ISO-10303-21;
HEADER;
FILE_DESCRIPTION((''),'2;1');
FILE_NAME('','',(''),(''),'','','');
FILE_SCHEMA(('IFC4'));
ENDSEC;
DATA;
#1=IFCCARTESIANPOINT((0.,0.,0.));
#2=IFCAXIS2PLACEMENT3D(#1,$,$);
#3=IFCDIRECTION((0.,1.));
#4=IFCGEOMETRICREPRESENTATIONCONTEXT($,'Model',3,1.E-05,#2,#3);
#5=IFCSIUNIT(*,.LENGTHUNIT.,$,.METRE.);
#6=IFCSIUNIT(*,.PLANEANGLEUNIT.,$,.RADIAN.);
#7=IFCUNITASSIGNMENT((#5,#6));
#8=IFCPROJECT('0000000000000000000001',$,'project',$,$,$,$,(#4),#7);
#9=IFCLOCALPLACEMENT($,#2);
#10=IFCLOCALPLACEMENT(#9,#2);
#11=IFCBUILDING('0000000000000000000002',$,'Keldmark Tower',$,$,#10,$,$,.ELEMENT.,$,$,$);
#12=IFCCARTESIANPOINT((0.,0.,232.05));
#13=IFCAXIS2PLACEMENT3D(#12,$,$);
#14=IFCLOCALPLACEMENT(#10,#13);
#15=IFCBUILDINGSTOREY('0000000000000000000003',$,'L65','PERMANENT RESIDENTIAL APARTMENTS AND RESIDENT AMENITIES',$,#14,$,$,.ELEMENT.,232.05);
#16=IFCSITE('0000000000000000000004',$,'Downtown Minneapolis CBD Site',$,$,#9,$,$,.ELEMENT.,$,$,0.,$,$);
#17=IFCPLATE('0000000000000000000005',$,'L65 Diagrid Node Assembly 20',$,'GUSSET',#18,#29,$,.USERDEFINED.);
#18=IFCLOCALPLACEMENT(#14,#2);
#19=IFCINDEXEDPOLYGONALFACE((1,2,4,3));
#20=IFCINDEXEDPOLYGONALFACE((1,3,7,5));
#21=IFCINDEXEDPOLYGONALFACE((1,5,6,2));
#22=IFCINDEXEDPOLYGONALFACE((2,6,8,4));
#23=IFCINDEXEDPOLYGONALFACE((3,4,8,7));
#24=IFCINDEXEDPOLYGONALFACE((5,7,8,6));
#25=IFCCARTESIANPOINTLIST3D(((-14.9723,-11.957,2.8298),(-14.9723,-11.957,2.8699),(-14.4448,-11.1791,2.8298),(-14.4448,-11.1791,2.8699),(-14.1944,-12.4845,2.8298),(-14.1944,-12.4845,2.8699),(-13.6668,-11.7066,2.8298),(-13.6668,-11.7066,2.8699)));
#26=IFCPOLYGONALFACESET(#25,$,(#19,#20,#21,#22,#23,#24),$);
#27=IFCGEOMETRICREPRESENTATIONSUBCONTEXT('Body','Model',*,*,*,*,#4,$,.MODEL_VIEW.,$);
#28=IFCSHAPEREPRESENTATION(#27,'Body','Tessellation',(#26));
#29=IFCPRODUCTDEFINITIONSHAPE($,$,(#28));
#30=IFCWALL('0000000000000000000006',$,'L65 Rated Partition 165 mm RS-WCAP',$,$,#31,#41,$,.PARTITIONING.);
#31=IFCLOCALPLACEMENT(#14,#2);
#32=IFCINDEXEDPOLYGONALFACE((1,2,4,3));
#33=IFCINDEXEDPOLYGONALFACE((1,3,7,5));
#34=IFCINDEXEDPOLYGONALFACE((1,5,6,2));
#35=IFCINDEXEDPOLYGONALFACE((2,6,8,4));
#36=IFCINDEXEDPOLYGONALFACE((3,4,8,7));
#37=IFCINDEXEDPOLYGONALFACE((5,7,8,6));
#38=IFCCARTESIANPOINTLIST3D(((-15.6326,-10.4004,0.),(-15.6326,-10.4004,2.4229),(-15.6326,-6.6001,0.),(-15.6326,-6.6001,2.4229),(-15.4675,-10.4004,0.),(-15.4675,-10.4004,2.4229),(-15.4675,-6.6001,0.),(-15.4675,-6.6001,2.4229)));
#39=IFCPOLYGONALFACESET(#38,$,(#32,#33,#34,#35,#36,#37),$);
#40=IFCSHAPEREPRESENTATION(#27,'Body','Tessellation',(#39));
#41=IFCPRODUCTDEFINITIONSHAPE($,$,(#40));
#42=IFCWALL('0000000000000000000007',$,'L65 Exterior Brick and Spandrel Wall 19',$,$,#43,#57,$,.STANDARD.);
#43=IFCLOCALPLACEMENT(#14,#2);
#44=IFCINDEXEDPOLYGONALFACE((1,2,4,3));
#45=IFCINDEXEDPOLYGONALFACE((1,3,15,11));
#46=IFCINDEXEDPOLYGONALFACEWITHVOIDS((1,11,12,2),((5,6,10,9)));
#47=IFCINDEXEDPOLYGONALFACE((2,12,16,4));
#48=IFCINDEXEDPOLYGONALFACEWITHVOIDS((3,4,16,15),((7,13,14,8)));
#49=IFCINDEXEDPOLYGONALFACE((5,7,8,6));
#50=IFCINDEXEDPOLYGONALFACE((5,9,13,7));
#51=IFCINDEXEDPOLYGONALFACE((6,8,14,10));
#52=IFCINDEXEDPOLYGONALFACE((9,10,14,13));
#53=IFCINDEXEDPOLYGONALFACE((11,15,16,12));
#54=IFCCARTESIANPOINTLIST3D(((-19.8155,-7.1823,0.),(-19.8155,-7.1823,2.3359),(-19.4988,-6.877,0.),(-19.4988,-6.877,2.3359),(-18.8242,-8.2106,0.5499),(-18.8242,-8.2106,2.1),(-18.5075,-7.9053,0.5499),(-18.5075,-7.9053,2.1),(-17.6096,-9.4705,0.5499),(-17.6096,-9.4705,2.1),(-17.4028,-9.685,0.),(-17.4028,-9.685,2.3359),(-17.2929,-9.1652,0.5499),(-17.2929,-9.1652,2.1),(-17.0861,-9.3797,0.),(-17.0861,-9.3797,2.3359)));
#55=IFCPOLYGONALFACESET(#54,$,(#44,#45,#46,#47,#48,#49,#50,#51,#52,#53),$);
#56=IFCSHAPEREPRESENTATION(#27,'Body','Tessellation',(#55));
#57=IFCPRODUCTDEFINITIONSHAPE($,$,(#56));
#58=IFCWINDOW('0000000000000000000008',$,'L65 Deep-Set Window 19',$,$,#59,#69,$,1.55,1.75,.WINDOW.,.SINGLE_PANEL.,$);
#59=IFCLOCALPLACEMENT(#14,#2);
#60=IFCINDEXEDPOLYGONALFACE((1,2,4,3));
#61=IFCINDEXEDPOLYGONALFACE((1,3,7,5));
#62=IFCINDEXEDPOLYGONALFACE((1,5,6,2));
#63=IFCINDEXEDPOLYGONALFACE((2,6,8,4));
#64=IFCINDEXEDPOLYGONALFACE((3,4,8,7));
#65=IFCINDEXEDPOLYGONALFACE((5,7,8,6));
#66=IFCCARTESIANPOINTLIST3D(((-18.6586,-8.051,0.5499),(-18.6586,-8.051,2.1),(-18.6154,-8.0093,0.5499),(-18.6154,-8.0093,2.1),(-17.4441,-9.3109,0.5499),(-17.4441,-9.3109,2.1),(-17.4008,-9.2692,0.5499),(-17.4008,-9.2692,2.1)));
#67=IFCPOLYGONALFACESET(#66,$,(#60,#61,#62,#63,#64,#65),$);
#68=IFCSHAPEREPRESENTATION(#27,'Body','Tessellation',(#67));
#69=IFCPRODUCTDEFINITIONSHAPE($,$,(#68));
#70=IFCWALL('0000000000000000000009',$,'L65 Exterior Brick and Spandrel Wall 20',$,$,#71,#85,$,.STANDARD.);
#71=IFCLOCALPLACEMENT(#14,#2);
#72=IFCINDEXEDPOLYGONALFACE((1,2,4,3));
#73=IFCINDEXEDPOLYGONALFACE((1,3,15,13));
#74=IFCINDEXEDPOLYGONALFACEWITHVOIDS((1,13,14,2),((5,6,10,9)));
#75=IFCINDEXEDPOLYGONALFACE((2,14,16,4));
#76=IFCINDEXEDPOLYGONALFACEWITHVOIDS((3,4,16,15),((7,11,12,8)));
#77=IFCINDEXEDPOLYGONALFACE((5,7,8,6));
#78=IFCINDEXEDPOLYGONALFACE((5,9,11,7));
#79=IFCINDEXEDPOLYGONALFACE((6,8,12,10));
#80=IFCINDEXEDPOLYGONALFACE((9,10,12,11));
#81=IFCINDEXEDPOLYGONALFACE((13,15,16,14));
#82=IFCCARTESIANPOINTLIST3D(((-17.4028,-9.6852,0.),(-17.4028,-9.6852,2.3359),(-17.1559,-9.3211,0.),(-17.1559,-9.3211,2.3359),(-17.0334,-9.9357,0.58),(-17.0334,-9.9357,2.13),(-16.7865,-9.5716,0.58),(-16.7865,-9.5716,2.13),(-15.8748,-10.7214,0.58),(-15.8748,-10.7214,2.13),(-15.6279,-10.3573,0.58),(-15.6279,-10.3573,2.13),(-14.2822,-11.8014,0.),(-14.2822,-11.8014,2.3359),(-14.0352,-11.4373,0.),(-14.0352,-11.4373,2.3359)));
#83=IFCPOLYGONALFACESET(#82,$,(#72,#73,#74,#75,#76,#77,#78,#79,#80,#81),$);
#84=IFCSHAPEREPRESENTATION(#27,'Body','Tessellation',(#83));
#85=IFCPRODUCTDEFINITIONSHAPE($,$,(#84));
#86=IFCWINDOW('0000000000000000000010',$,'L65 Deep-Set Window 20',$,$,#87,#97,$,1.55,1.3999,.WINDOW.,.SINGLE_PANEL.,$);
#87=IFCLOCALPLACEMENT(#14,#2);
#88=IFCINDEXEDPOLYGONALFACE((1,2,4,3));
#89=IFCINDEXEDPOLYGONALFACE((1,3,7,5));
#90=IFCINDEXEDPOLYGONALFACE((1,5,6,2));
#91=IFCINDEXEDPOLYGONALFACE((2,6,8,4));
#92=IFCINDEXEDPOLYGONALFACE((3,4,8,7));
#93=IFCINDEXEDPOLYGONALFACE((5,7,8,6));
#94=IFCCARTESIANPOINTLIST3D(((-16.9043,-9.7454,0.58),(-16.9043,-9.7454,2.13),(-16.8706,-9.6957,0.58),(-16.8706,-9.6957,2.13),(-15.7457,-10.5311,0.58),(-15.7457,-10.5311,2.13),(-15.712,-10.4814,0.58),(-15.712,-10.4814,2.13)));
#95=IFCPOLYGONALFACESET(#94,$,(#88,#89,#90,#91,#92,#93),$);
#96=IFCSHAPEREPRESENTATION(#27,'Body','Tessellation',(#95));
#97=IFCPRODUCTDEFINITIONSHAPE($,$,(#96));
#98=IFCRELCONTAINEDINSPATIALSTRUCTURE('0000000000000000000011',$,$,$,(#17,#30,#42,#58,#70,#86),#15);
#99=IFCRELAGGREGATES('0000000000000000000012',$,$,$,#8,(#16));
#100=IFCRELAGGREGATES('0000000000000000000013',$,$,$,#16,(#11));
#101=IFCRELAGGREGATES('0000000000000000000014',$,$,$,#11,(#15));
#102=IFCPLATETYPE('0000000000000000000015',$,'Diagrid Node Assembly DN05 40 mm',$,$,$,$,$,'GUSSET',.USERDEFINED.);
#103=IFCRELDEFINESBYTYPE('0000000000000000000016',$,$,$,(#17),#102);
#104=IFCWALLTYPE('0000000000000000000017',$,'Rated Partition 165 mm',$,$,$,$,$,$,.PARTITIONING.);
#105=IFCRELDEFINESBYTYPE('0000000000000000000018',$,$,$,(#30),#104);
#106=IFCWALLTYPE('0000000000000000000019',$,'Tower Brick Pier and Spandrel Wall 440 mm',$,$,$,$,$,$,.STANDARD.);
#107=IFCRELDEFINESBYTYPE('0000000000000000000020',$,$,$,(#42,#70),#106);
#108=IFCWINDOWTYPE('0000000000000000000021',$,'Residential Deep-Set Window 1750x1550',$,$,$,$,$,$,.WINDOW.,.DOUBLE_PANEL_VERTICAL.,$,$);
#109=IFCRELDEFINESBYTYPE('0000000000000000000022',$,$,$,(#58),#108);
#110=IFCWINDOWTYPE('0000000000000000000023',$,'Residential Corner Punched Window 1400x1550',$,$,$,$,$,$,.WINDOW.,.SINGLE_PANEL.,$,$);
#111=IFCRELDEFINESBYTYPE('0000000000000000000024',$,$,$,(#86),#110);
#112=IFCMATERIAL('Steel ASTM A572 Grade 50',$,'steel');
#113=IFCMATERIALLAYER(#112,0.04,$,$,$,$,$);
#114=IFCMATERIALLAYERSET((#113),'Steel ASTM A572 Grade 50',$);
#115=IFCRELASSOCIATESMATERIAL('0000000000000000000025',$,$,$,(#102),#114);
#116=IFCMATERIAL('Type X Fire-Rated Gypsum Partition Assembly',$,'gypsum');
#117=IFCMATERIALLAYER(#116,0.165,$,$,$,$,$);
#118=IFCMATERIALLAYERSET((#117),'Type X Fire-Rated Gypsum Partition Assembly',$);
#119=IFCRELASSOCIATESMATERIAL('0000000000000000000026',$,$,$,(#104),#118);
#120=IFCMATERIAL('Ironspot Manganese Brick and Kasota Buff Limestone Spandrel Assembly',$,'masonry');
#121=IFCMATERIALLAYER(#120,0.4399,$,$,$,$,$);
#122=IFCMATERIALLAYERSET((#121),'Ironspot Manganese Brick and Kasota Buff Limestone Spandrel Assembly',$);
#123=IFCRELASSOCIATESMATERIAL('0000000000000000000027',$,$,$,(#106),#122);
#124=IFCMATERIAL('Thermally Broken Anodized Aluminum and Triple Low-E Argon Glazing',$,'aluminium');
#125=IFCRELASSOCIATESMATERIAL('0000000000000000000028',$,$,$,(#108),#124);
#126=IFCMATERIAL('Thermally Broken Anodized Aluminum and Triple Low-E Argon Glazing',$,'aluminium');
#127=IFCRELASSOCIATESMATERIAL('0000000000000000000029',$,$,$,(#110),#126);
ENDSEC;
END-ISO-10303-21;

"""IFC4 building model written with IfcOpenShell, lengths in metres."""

from ifc_helpers import new_model, si_unit, direction, frame, frame_2d, origin, origin_2d, place, context, subcontext, project, spatial, rectangle, extrude, material, layer, layer_set, type_object, element, fill, save


model = new_model("IFC4")

# Units and contexts
model_context = context("Model", 3, precision=1e-05, world=origin(), true_north=direction((0.0, 1.0)))
body_context = subcontext(model_context, "Body", "Model", "MODEL_VIEW")
ifc_project = project(units=[si_unit("LENGTHUNIT", "METRE"), si_unit("PLANEANGLEUNIT", "RADIAN")], contexts=[model_context])

# Site, building, storey
site_placement = place(None, origin())
site = spatial("IfcSite", under=ifc_project, at=site_placement, Name="Downtown Minneapolis CBD Site", CompositionType="ELEMENT", RefElevation=0.0)
building_placement = place(site_placement, origin())
building = spatial("IfcBuilding", under=site, at=building_placement, Name="Keldmark Tower", CompositionType="ELEMENT")
storey_placement = place(building_placement, frame((0.0, 0.0, 232.05)))
storey = spatial("IfcBuildingStorey", under=building, at=storey_placement, Name="L65", Description="PERMANENT RESIDENTIAL APARTMENTS AND RESIDENT AMENITIES", CompositionType="ELEMENT", Elevation=232.05)

# Plate
ifc_material_1 = material(Name="Steel ASTM A572 Grade 50", Category="steel")
ifc_layer_1 = layer(ifc_material_1, 0.04)
ifc_layer_set_1 = layer_set([ifc_layer_1], Name="Steel ASTM A572 Grade 50")
plate_type = type_object("IfcPlateType", Name="Diagrid Node Assembly DN05 40 mm", ElementType="GUSSET", PredefinedType="USERDEFINED", material=ifc_layer_set_1)
for number, where, z_axis, x_axis, name in (
    (1, (-14.3196, -11.8318, 2.8298), (0.0, 0.0, 1.0), (0.827669, -0.561217, 0.0), "L65 Diagrid Node Assembly 20"),
):
    element("IfcPlate", number, at=place(storey_placement, frame(where, z_axis=z_axis, x_axis=x_axis)), inside=storey, type_object=plate_type, Name=name, ObjectType="GUSSET", PredefinedType="USERDEFINED", context=body_context, shape_type="SweptSolid", body=[
        extrude(rectangle(XDim=0.9399, YDim=0.9399, at=origin_2d()), origin(), (0.0, 0.0, 1.0), 0.04),
    ])

# Wall
ifc_material_2 = material(Name="Type X Fire-Rated Gypsum Partition Assembly", Category="gypsum")
ifc_layer_2 = layer(ifc_material_2, 0.165)
ifc_layer_set_2 = layer_set([ifc_layer_2], Name="Type X Fire-Rated Gypsum Partition Assembly")
wall_type_1 = type_object("IfcWallType", Name="Rated Partition 165 mm", PredefinedType="PARTITIONING", material=ifc_layer_set_2)
wall_1_placement = place(storey_placement, frame((-15.55, -10.4004, 0.0), z_axis=(0.0, 0.0, 1.0), x_axis=(0.0, 1.0, 0.0)))
element("IfcWall", 2, at=wall_1_placement, inside=storey, type_object=wall_type_1, Name="L65 Rated Partition 165 mm RS-WCAP", PredefinedType="PARTITIONING", context=body_context, shape_type="SweptSolid", body=[
    extrude(rectangle(XDim=3.8003, YDim=0.165, at=frame_2d((1.9001, 0.0))), origin(), (0.0, 0.0, 1.0), 2.4229),
])

# Walls, openings, windows
ifc_material_3 = material(Name="Ironspot Manganese Brick and Kasota Buff Limestone Spandrel Assembly", Category="masonry")
ifc_layer_3 = layer(ifc_material_3, 0.4399)
ifc_layer_set_3 = layer_set([ifc_layer_3], Name="Ironspot Manganese Brick and Kasota Buff Limestone Spandrel Assembly")
wall_type_2 = type_object("IfcWallType", Name="Tower Brick Pier and Spandrel Wall 440 mm", PredefinedType="STANDARD", material=ifc_layer_set_3)
wall_2_placement = place(storey_placement, frame((-17.2444, -9.5325, 0.0), z_axis=(0.0, 0.0, 1.0), x_axis=(-0.69403, 0.719946, 0.0)))
wall_2 = element("IfcWall", 3, at=wall_2_placement, inside=storey, type_object=wall_type_2, Name="L65 Exterior Brick and Spandrel Wall 19", PredefinedType="STANDARD", context=body_context, shape_type="SweptSolid", body=[
    extrude(rectangle(XDim=3.4763, YDim=0.4399, at=frame_2d((1.7383, 0.0))), origin(), (0.0, 0.0, 1.0), 2.3359),
])
opening_1_placement = place(wall_2_placement, frame((0.2981, 0.0, 0.55)))
opening_1 = element("IfcOpeningElement", 4, at=opening_1_placement, cuts=wall_2, PredefinedType="OPENING", context=body_context, shape_type="SweptSolid", body=[
    extrude(rectangle(XDim=1.75, YDim=1.55, at=frame_2d((0.875, 0.7749))), frame((0.0, 0.23, 0.0), z_axis=(0.0, -1.0, 0.0), x_axis=(1.0, 0.0, 0.0)), (0.0, 0.0, 1.0), 0.46),
])
ifc_material_4 = material(Name="Thermally Broken Anodized Aluminum and Triple Low-E Argon Glazing", Category="aluminium")
window_type_1 = type_object("IfcWindowType", Name="Residential Deep-Set Window 1750x1550", PartitioningType="DOUBLE_PANEL_VERTICAL", PredefinedType="WINDOW", material=ifc_material_4)
window_1_placement = place(opening_1_placement, origin())
window_1 = element("IfcWindow", 5, at=window_1_placement, inside=storey, type_object=window_type_1, Name="L65 Deep-Set Window 19", OverallHeight=1.55, OverallWidth=1.75, PartitioningType="SINGLE_PANEL", PredefinedType="WINDOW", context=body_context, shape_type="SweptSolid", body=[
    extrude(rectangle(XDim=1.75, YDim=1.55, at=frame_2d((0.875, 0.7749))), frame((0.0, -0.01, 0.0), z_axis=(0.0, -1.0, 0.0), x_axis=(1.0, 0.0, 0.0)), (0.0, 0.0, 1.0), 0.0601),
])
fill(opening_1, window_1)
wall_3_placement = place(storey_placement, frame((-14.1587, -11.6194, 0.0), z_axis=(0.0, 0.0, 1.0), x_axis=(-0.827641, 0.561258, 0.0)))
wall_3 = element("IfcWall", 6, at=wall_3_placement, inside=storey, type_object=wall_type_2, Name="L65 Exterior Brick and Spandrel Wall 20", PredefinedType="STANDARD", context=body_context, shape_type="SweptSolid", body=[
    extrude(rectangle(XDim=3.7705, YDim=0.4399, at=frame_2d((1.8853, 0.0))), origin(), (0.0, 0.0, 1.0), 2.3359),
])
opening_2_placement = place(wall_3_placement, frame((1.9243, 0.0, 0.5801)))
opening_2 = element("IfcOpeningElement", 7, at=opening_2_placement, cuts=wall_3, PredefinedType="OPENING", context=body_context, shape_type="SweptSolid", body=[
    extrude(rectangle(XDim=1.3999, YDim=1.55, at=frame_2d((0.7, 0.7749))), frame((0.0, 0.23, 0.0), z_axis=(0.0, -1.0, 0.0), x_axis=(1.0, 0.0, 0.0)), (0.0, 0.0, 1.0), 0.46),
])
ifc_material_5 = material(Name="Thermally Broken Anodized Aluminum and Triple Low-E Argon Glazing", Category="aluminium")
window_type_2 = type_object("IfcWindowType", Name="Residential Corner Punched Window 1400x1550", PartitioningType="SINGLE_PANEL", PredefinedType="WINDOW", material=ifc_material_5)
window_2_placement = place(opening_2_placement, origin())
window_2 = element("IfcWindow", 8, at=window_2_placement, inside=storey, type_object=window_type_2, Name="L65 Deep-Set Window 20", OverallHeight=1.55, OverallWidth=1.3999, PartitioningType="SINGLE_PANEL", PredefinedType="WINDOW", context=body_context, shape_type="SweptSolid", body=[
    extrude(rectangle(XDim=1.3999, YDim=1.55, at=frame_2d((0.7, 0.7749))), frame((0.0, -0.01, 0.0), z_axis=(0.0, -1.0, 0.0), x_axis=(1.0, 0.0, 0.0)), (0.0, 0.0, 1.0), 0.0601),
])
fill(opening_2, window_2)

save(model, "model.ifc")
